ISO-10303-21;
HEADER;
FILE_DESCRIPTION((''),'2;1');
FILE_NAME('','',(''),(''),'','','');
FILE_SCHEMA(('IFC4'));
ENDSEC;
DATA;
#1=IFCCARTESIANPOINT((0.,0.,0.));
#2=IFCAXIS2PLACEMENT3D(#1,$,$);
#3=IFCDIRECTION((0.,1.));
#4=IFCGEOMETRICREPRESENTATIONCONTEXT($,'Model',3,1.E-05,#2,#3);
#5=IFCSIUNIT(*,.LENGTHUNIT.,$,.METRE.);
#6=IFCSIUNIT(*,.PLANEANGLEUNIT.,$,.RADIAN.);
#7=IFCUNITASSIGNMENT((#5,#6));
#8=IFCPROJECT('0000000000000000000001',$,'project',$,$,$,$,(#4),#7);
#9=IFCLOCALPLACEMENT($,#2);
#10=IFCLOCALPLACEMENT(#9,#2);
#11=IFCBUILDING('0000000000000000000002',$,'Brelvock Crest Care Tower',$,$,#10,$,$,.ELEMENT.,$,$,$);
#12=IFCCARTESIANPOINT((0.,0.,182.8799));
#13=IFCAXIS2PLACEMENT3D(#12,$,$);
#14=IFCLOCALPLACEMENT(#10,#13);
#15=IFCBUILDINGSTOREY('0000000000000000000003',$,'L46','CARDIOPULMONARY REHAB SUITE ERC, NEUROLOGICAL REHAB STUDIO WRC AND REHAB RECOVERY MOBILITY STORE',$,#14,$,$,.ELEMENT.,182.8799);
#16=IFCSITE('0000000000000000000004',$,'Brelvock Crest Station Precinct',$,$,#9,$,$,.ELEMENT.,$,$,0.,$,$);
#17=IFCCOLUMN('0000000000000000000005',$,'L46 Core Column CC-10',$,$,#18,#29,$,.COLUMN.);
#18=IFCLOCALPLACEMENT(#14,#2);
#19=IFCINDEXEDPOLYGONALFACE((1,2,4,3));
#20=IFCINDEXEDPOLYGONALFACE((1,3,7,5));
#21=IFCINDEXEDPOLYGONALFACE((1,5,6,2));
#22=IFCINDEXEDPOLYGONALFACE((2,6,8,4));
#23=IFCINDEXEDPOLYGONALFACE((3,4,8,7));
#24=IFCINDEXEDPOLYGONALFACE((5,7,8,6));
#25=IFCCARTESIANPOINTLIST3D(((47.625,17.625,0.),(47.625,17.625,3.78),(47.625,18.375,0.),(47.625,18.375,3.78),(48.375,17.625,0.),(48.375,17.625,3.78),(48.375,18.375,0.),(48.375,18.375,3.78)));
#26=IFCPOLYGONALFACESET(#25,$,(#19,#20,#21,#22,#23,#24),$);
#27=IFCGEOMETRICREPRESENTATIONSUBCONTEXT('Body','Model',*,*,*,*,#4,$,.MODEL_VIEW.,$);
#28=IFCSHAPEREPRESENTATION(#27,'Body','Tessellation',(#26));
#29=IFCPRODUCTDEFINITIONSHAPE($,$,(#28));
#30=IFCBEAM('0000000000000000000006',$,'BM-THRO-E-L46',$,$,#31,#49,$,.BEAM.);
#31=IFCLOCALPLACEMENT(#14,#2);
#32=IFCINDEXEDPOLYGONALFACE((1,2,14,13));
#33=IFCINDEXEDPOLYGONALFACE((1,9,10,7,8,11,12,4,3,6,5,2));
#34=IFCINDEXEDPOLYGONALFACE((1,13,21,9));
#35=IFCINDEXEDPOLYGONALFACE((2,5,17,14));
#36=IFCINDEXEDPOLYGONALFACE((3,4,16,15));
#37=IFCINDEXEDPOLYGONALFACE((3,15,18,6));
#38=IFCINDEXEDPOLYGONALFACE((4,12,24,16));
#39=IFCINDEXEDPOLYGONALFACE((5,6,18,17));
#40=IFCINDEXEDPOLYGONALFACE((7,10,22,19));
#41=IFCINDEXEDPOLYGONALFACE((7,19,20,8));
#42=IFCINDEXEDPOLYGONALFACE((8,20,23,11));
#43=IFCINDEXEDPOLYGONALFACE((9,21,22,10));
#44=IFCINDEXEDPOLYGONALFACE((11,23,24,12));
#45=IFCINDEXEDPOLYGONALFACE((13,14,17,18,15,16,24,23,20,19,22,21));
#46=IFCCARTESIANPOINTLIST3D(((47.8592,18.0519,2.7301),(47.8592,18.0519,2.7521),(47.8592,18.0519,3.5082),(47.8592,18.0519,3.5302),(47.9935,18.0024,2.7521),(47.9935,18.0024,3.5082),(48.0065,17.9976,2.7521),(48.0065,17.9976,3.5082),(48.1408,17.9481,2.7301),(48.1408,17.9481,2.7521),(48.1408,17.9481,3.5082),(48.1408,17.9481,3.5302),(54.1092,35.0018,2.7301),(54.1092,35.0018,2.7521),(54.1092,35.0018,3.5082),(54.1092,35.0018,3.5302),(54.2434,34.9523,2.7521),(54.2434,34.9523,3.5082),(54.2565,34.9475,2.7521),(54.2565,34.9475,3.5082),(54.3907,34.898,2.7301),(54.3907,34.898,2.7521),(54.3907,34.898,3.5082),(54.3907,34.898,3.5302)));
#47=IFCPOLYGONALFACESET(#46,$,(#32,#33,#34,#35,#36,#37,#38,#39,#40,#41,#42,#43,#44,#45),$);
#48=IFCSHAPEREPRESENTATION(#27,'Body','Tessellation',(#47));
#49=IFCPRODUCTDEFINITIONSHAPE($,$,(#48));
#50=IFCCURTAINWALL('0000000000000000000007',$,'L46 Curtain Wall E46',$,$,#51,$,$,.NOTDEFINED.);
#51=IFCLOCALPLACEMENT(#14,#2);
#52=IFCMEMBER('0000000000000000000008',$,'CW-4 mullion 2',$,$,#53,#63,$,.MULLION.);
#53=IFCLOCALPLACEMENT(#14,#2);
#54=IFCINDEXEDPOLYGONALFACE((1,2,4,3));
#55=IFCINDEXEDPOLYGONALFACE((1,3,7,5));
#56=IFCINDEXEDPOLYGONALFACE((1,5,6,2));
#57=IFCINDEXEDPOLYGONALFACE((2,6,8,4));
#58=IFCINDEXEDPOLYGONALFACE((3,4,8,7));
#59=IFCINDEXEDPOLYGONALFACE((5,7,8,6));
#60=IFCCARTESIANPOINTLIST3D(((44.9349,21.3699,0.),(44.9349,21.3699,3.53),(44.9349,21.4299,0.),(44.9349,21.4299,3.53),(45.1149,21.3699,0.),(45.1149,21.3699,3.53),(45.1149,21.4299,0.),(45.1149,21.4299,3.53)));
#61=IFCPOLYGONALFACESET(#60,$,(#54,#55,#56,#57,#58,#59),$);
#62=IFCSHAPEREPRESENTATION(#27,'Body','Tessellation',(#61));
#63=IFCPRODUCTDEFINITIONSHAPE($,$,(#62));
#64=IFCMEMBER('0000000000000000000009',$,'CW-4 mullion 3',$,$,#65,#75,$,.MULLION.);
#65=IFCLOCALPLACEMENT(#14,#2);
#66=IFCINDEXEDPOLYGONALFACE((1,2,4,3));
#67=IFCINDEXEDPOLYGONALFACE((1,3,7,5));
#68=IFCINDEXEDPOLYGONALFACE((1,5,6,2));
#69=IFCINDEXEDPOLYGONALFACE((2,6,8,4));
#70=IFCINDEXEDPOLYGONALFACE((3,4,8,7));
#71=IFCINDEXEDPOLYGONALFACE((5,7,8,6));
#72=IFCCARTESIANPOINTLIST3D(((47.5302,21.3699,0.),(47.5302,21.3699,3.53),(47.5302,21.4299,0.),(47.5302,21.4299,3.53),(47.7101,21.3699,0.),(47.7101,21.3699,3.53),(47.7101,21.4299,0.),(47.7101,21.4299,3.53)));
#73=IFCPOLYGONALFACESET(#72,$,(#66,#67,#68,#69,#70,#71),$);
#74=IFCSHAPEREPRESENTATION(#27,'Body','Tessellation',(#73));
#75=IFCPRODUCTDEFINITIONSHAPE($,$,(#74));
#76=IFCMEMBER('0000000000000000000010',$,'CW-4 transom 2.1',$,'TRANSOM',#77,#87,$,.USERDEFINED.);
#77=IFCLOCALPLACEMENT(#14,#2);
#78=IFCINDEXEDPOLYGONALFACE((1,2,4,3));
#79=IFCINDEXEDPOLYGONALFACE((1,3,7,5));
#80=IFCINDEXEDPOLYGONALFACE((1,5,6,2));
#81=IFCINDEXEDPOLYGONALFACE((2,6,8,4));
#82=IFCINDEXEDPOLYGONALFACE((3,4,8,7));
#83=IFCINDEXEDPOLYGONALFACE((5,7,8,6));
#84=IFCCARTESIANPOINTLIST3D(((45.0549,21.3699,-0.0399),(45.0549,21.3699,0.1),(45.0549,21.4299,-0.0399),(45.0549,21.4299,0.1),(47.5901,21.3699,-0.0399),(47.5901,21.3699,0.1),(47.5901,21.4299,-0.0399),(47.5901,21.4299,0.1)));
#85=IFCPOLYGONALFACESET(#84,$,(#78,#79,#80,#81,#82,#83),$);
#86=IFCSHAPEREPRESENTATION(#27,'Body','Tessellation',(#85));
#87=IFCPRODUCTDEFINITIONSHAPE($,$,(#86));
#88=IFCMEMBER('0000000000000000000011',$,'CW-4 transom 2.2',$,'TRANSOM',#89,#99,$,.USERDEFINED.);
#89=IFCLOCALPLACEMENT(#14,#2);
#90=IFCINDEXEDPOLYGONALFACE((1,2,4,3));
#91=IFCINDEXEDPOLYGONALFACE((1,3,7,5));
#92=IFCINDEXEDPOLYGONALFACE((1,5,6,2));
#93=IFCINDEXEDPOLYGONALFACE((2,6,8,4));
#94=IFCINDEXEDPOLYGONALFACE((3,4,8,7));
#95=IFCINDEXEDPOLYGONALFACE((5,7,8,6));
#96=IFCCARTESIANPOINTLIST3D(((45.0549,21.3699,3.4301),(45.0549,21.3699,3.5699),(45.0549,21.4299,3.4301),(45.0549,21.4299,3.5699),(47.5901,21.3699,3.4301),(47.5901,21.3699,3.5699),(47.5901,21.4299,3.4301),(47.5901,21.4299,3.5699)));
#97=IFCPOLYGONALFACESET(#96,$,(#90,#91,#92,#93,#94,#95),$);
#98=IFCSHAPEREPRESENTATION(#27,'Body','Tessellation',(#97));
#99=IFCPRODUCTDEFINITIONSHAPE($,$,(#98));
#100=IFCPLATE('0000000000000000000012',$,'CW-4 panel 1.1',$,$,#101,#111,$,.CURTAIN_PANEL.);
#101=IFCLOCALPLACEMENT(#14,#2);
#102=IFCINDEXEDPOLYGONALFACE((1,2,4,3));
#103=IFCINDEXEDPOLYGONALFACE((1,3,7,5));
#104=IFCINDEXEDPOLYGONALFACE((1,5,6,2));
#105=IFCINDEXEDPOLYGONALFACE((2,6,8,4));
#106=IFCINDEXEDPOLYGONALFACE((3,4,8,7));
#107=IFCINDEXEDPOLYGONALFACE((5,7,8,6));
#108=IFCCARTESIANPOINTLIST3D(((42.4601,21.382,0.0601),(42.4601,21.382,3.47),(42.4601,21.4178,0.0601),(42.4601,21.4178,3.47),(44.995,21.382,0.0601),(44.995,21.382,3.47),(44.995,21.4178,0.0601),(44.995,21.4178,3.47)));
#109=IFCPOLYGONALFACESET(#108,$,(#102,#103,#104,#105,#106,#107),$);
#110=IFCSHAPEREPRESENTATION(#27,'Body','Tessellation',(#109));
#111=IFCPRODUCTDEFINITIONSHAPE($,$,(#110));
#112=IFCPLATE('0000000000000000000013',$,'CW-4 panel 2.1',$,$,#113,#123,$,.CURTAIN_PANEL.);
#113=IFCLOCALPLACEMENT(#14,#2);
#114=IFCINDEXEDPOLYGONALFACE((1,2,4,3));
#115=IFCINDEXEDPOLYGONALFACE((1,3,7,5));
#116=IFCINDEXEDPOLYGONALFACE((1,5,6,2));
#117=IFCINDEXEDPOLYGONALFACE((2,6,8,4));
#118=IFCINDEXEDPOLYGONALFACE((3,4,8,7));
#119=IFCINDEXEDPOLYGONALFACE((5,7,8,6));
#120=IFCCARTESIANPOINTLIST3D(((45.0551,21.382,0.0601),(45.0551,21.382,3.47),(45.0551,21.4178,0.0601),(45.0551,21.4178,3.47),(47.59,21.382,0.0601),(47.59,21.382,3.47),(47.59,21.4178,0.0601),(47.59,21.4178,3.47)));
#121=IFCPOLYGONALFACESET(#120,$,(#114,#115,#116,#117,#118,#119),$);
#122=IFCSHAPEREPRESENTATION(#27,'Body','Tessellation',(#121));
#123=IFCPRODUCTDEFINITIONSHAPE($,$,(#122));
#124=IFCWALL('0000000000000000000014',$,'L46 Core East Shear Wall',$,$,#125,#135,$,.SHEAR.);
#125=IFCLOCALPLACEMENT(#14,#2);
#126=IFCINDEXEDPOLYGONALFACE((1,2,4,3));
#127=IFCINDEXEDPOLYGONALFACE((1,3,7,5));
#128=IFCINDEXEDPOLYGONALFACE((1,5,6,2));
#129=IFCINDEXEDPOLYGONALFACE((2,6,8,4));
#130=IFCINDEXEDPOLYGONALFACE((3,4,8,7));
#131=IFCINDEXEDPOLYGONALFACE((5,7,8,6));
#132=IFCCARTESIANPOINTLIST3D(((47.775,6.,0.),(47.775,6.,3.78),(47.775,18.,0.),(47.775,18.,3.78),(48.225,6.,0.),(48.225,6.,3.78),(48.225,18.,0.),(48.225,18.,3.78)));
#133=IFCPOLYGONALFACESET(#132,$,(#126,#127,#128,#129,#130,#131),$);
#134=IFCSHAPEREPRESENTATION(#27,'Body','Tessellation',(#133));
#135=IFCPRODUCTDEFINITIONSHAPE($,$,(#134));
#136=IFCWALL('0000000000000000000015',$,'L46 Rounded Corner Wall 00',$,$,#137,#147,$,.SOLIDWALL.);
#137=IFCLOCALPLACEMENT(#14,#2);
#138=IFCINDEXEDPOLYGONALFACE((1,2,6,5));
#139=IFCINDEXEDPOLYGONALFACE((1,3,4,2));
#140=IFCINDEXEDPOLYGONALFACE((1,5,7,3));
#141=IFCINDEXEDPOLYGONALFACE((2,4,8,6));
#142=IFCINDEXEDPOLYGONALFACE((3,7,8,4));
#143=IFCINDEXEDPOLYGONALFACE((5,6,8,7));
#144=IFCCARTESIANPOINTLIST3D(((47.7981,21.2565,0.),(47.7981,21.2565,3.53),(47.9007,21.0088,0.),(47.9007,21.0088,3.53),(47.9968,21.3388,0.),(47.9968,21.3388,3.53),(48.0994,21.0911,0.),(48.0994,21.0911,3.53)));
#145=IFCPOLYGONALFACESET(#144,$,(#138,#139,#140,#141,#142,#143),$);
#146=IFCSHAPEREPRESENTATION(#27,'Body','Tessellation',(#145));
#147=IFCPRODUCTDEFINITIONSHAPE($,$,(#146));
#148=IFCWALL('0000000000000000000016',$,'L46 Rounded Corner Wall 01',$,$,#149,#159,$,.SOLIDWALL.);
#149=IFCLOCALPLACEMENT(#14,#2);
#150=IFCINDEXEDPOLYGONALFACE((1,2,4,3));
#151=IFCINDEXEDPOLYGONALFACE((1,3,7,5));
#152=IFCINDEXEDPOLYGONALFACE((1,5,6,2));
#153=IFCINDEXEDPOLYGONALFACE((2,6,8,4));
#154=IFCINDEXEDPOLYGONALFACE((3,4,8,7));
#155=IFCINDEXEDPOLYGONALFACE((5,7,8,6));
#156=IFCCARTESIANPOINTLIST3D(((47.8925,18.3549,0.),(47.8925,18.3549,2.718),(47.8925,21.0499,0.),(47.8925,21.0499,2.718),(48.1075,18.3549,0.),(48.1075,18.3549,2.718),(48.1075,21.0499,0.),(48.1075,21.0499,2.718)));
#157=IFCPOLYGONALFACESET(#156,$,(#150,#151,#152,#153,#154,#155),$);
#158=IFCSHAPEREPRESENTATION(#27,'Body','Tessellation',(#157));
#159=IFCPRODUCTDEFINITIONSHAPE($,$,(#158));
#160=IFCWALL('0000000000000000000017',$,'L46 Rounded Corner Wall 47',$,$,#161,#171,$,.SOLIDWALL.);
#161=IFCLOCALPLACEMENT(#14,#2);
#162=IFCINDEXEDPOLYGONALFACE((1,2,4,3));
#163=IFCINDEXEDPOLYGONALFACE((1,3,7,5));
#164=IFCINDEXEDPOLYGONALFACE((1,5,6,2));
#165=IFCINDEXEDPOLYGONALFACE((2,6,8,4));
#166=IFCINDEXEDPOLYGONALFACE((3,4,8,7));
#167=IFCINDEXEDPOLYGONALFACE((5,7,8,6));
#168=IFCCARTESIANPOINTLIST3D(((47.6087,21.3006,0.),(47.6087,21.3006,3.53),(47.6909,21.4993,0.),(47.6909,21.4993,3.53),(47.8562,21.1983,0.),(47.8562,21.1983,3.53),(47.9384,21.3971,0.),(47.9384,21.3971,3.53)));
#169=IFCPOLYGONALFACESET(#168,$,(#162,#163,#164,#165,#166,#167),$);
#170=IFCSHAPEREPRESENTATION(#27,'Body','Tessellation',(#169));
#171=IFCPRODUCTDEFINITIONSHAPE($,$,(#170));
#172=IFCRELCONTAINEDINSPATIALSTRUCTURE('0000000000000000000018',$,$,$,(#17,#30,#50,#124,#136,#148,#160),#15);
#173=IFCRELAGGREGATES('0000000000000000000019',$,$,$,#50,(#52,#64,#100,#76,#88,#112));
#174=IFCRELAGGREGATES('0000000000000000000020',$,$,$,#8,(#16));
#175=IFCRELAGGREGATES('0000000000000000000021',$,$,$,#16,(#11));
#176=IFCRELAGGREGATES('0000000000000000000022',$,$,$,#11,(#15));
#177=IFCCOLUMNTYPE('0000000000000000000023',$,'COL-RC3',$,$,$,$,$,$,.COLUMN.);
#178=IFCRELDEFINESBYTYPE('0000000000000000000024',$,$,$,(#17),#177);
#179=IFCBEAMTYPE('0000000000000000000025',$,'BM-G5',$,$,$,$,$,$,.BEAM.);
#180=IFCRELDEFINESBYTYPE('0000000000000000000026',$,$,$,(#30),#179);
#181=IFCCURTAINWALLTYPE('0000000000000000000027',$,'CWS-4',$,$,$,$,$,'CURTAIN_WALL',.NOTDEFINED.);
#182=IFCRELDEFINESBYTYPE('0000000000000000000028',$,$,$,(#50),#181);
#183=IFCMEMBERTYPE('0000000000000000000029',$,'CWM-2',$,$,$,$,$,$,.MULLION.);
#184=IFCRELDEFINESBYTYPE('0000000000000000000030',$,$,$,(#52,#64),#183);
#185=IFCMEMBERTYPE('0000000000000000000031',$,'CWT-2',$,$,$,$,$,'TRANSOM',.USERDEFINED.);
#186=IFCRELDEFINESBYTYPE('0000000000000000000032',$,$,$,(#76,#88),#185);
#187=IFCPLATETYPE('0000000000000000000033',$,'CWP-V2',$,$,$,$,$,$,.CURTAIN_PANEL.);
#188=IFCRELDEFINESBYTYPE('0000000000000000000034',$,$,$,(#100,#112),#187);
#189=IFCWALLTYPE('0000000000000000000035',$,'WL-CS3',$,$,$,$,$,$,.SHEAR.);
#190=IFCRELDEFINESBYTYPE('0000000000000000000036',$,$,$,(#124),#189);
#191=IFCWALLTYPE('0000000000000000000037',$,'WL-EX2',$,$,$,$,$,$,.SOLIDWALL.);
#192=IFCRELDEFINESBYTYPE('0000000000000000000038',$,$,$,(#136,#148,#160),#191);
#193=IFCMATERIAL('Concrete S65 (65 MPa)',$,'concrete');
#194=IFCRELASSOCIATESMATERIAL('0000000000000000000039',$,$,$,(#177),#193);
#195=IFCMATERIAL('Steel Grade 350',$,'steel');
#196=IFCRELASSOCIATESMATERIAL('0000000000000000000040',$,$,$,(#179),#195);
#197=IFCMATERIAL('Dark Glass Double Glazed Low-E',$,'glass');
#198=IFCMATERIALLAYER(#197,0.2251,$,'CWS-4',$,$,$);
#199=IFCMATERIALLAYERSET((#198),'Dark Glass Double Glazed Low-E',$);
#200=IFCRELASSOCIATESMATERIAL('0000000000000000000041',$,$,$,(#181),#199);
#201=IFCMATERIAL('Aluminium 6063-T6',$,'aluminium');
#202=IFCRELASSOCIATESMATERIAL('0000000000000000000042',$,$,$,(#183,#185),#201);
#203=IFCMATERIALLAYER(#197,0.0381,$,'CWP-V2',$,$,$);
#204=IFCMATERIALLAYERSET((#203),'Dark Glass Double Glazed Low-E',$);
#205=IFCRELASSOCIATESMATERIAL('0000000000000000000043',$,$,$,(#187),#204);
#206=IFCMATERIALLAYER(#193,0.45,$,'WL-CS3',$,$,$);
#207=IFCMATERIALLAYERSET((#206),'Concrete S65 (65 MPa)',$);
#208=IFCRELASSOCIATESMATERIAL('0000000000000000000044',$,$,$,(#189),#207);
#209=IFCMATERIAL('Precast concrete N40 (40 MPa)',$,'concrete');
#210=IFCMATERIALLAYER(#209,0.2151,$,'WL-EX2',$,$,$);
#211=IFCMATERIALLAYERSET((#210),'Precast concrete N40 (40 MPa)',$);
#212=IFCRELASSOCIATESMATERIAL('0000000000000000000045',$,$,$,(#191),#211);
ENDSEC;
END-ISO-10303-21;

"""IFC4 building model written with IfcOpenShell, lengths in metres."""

from ifc_helpers import new_model, si_unit, direction, frame, frame_2d, origin, origin_2d, place, context, subcontext, project, spatial, rectangle, i_section, extrude, source, transform, mapped, material, layer, layer_set, material_profile, profile_set, type_object, element, aggregate, save


model = new_model("IFC4")

# Units and contexts
model_context = context("Model", 3, precision=1e-05, world=origin(), true_north=direction((0.0, 1.0)))
body_context = subcontext(model_context, "Body", "Model", "MODEL_VIEW")
ifc_project = project(units=[si_unit("LENGTHUNIT", "METRE"), si_unit("PLANEANGLEUNIT", "RADIAN")], contexts=[model_context])

# Site, building, storey
site_placement = place(None, origin())
site = spatial("IfcSite", under=ifc_project, at=site_placement, Name="Brelvock Crest Station Precinct", CompositionType="ELEMENT", RefElevation=0.0)
building_placement = place(site_placement, origin())
building = spatial("IfcBuilding", under=site, at=building_placement, Name="Brelvock Crest Care Tower", CompositionType="ELEMENT")
storey_placement = place(building_placement, frame((0.0, 0.0, 182.8799)))
storey = spatial("IfcBuildingStorey", under=building, at=storey_placement, Name="L46", Description="CARDIOPULMONARY REHAB SUITE ERC, NEUROLOGICAL REHAB STUDIO WRC AND REHAB RECOVERY MOBILITY STORE", CompositionType="ELEMENT", Elevation=182.8799)

# Column
ifc_material_1 = material(Name="Concrete S65 (65 MPa)", Category="concrete")
ifc_material_profile_1 = material_profile(ifc_material_1, rectangle(XDim=0.75, YDim=0.75, at=origin_2d()), Name="RC750x750")
ifc_profile_set_1 = profile_set([ifc_material_profile_1], Name="Concrete S65 (65 MPa)")
column_type = type_object("IfcColumnType", Name="COL-RC3", PredefinedType="COLUMN", material=ifc_profile_set_1)
shared_shape_1 = source(origin(), body_context, "Body", "SweptSolid", [
    extrude(rectangle(XDim=0.75, YDim=0.75, at=origin_2d()), origin(), (0.0, 0.0, 1.0), 3.78),
])
column_placement = place(storey_placement, frame((48.0, 18.0, 0.0), z_axis=(0.0, 0.0, 1.0), x_axis=(1.0, 0.0, 0.0)))
element("IfcColumn", 1, at=column_placement, inside=storey, type_object=column_type, Name="L46 Core Column CC-10", PredefinedType="COLUMN", context=body_context, shape_type="MappedRepresentation", body=[
    mapped(shared_shape_1, transform((0.0, 0.0, 0.0), x_axis=(1.0, 0.0, 0.0), y_axis=(0.0, 1.0, 0.0), z_axis=(0.0, 0.0, 1.0), scale=1.0)),
])

# Beam
ifc_material_2 = material(Name="Steel Grade 350", Category="steel")
ifc_material_profile_2 = material_profile(ifc_material_2, i_section(OverallWidth=0.3, OverallDepth=0.8, WebThickness=0.0139, FlangeThickness=0.022, at=origin_2d()), Name="800WB192")
ifc_profile_set_2 = profile_set([ifc_material_profile_2], Name="Steel Grade 350")
beam_type = type_object("IfcBeamType", Name="BM-G5", PredefinedType="BEAM", material=ifc_profile_set_2)
shared_shape_2 = source(origin(), body_context, "Body", "SweptSolid", [
    extrude(i_section(OverallWidth=0.3, OverallDepth=0.8, WebThickness=0.0139, FlangeThickness=0.022, at=origin_2d()), origin(), (0.0, 0.0, 1.0), 18.0654),
])
beam_placement = place(storey_placement, frame((48.0, 18.0, 3.1301), z_axis=(0.345963, 0.938248, 0.0), x_axis=(-0.938248, 0.345963, 0.0)))
element("IfcBeam", 2, at=beam_placement, inside=storey, type_object=beam_type, Name="BM-THRO-E-L46", PredefinedType="BEAM", context=body_context, shape_type="MappedRepresentation", body=[
    mapped(shared_shape_2, transform((0.0, 0.0, 0.0), x_axis=(1.0, 0.0, 0.0), y_axis=(0.0, 1.0, 0.0), z_axis=(0.0, 0.0, 1.0), scale=1.0)),
])

# Curtain wall, members, plates
ifc_material_3 = material(Name="Dark Glass Double Glazed Low-E", Category="glass")
ifc_layer_1 = layer(ifc_material_3, 0.2251, Name="CWS-4")
ifc_layer_set_1 = layer_set([ifc_layer_1], Name="Dark Glass Double Glazed Low-E")
curtain_wall_type = type_object("IfcCurtainWallType", Name="CWS-4", ElementType="CURTAIN_WALL", PredefinedType="NOTDEFINED", material=ifc_layer_set_1)
curtain_wall_placement = place(storey_placement, origin())
curtain_wall = element("IfcCurtainWall", 3, at=curtain_wall_placement, inside=storey, type_object=curtain_wall_type, Name="L46 Curtain Wall E46", PredefinedType="NOTDEFINED")
ifc_material_4 = material(Name="Aluminium 6063-T6", Category="aluminium")
ifc_material_profile_3 = material_profile(ifc_material_4, rectangle(XDim=0.0601, YDim=0.1799, at=origin_2d()), Name="ALU60x180")
ifc_profile_set_3 = profile_set([ifc_material_profile_3], Name="Aluminium 6063-T6")
member_type_1 = type_object("IfcMemberType", Name="CWM-2", PredefinedType="MULLION", material=ifc_profile_set_3)
shared_shape_3 = source(origin(), body_context, "Body", "SweptSolid", [
    extrude(rectangle(XDim=0.0601, YDim=0.1799, at=origin_2d()), origin(), (0.0, 0.0, 1.0), 3.53),
])
member_1_placement = place(storey_placement, frame((45.0249, 21.3999, 0.0), z_axis=(0.0, 0.0, 1.0), x_axis=(0.0, 1.0, 0.0)))
member_1 = element("IfcMember", 4, at=member_1_placement, type_object=member_type_1, Name="CW-4 mullion 2", PredefinedType="MULLION", context=body_context, shape_type="MappedRepresentation", body=[
    mapped(shared_shape_3, transform((0.0, 0.0, 0.0), x_axis=(1.0, 0.0, 0.0), y_axis=(0.0, 1.0, 0.0), z_axis=(0.0, 0.0, 1.0), scale=1.0)),
])
member_2_placement = place(storey_placement, frame((47.6201, 21.3999, 0.0), z_axis=(0.0, 0.0, 1.0), x_axis=(0.0, 1.0, 0.0)))
member_2 = element("IfcMember", 5, at=member_2_placement, type_object=member_type_1, Name="CW-4 mullion 3", PredefinedType="MULLION", context=body_context, shape_type="MappedRepresentation", body=[
    mapped(shared_shape_3, transform((0.0, 0.0, 0.0), x_axis=(1.0, 0.0, 0.0), y_axis=(0.0, 1.0, 0.0), z_axis=(0.0, 0.0, 1.0), scale=1.0)),
])
ifc_material_profile_4 = material_profile(ifc_material_4, rectangle(XDim=0.0601, YDim=0.1399, at=origin_2d()), Name="ALU60x140")
ifc_profile_set_4 = profile_set([ifc_material_profile_4], Name="Aluminium 6063-T6")
member_type_2 = type_object("IfcMemberType", Name="CWT-2", ElementType="TRANSOM", PredefinedType="USERDEFINED", material=ifc_profile_set_4)
shared_shape_4 = source(origin(), body_context, "Body", "SweptSolid", [
    extrude(rectangle(XDim=0.0601, YDim=0.1399, at=origin_2d()), origin(), (0.0, 0.0, 1.0), 2.5352),
])
member_3_placement = place(storey_placement, frame((45.0549, 21.3999, 0.03), z_axis=(1.0, 0.0, 0.0), x_axis=(0.0, 1.0, 0.0)))
member_3 = element("IfcMember", 6, at=member_3_placement, type_object=member_type_2, Name="CW-4 transom 2.1", ObjectType="TRANSOM", PredefinedType="USERDEFINED", context=body_context, shape_type="MappedRepresentation", body=[
    mapped(shared_shape_4, transform((0.0, 0.0, 0.0), x_axis=(1.0, 0.0, 0.0), y_axis=(0.0, 1.0, 0.0), z_axis=(0.0, 0.0, 1.0), scale=1.0)),
])
member_4_placement = place(storey_placement, frame((45.0549, 21.3999, 3.5), z_axis=(1.0, 0.0, 0.0), x_axis=(0.0, 1.0, 0.0)))
member_4 = element("IfcMember", 7, at=member_4_placement, type_object=member_type_2, Name="CW-4 transom 2.2", ObjectType="TRANSOM", PredefinedType="USERDEFINED", context=body_context, shape_type="MappedRepresentation", body=[
    mapped(shared_shape_4, transform((0.0, 0.0, 0.0), x_axis=(1.0, 0.0, 0.0), y_axis=(0.0, 1.0, 0.0), z_axis=(0.0, 0.0, 1.0), scale=1.0)),
])
ifc_layer_2 = layer(ifc_material_3, 0.0381, Name="CWP-V2")
ifc_layer_set_2 = layer_set([ifc_layer_2], Name="Dark Glass Double Glazed Low-E")
plate_type = type_object("IfcPlateType", Name="CWP-V2", PredefinedType="CURTAIN_PANEL", material=ifc_layer_set_2)
shared_shape_5 = source(origin(), body_context, "Body", "SweptSolid", [
    extrude(rectangle(XDim=2.5349, YDim=0.0359, at=origin_2d()), origin(), (0.0, 0.0, 1.0), 3.4099),
])
plate_1_placement = place(storey_placement, frame((43.7275, 21.3999, 0.0601), z_axis=(0.0, 0.0, 1.0), x_axis=(1.0, 0.0, 0.0)))
plate_1 = element("IfcPlate", 8, at=plate_1_placement, type_object=plate_type, Name="CW-4 panel 1.1", PredefinedType="CURTAIN_PANEL", context=body_context, shape_type="MappedRepresentation", body=[
    mapped(shared_shape_5, transform((0.0, 0.0, 0.0), x_axis=(1.0, 0.0, 0.0), y_axis=(0.0, 1.0, 0.0), z_axis=(0.0, 0.0, 1.0), scale=1.0)),
])
plate_2_placement = place(storey_placement, frame((46.3225, 21.3999, 0.0601), z_axis=(0.0, 0.0, 1.0), x_axis=(1.0, 0.0, 0.0)))
plate_2 = element("IfcPlate", 9, at=plate_2_placement, type_object=plate_type, Name="CW-4 panel 2.1", PredefinedType="CURTAIN_PANEL", context=body_context, shape_type="MappedRepresentation", body=[
    mapped(shared_shape_5, transform((0.0, 0.0, 0.0), x_axis=(1.0, 0.0, 0.0), y_axis=(0.0, 1.0, 0.0), z_axis=(0.0, 0.0, 1.0), scale=1.0)),
])
aggregate(curtain_wall, [member_1, member_2, plate_1, member_3, member_4, plate_2])

# Walls
ifc_layer_3 = layer(ifc_material_1, 0.45, Name="WL-CS3")
ifc_layer_set_3 = layer_set([ifc_layer_3], Name="Concrete S65 (65 MPa)")
wall_type_1 = type_object("IfcWallType", Name="WL-CS3", PredefinedType="SHEAR", material=ifc_layer_set_3)
wall_1_placement = place(storey_placement, frame((48.0, 18.0, 0.0), z_axis=(0.0, 0.0, 1.0), x_axis=(0.0, -1.0, 0.0)))
element("IfcWall", 10, at=wall_1_placement, inside=storey, type_object=wall_type_1, Name="L46 Core East Shear Wall", PredefinedType="SHEAR", context=body_context, shape_type="SweptSolid", body=[
    extrude(rectangle(XDim=12.0, YDim=0.45, at=frame_2d((6.0, 0.0))), origin(), (0.0, 0.0, 1.0), 3.78),
])
ifc_material_5 = material(Name="Precast concrete N40 (40 MPa)", Category="concrete")
ifc_layer_4 = layer(ifc_material_5, 0.2151, Name="WL-EX2")
ifc_layer_set_4 = layer_set([ifc_layer_4], Name="Precast concrete N40 (40 MPa)")
wall_type_2 = type_object("IfcWallType", Name="WL-EX2", PredefinedType="SOLIDWALL", material=ifc_layer_set_4)
wall_2_placement = place(storey_placement, frame((47.8975, 21.2976, 0.0), z_axis=(0.0, 0.0, 1.0), x_axis=(0.382674, -0.923884, 0.0)))
element("IfcWall", 11, at=wall_2_placement, inside=storey, type_object=wall_type_2, Name="L46 Rounded Corner Wall 00", PredefinedType="SOLIDWALL", context=body_context, shape_type="SweptSolid", body=[
    extrude(rectangle(XDim=0.2681, YDim=0.2151, at=frame_2d((0.134, 0.0))), origin(), (0.0, 0.0, 1.0), 3.53),
])
wall_3_placement = place(storey_placement, frame((48.0, 21.05, 0.0), z_axis=(0.0, 0.0, 1.0), x_axis=(0.0, -1.0, 0.0)))
element("IfcWall", 12, at=wall_3_placement, inside=storey, type_object=wall_type_2, Name="L46 Rounded Corner Wall 01", PredefinedType="SOLIDWALL", context=body_context, shape_type="SweptSolid", body=[
    extrude(rectangle(XDim=2.6951, YDim=0.2151, at=frame_2d((1.3477, 0.0))), origin(), (0.0, 0.0, 1.0), 2.718),
])
wall_4_placement = place(storey_placement, frame((47.6499, 21.3999, 0.0), z_axis=(0.0, 0.0, 1.0), x_axis=(0.924205, -0.381896, 0.0)))
element("IfcWall", 13, at=wall_4_placement, inside=storey, type_object=wall_type_2, Name="L46 Rounded Corner Wall 47", PredefinedType="SOLIDWALL", context=body_context, shape_type="SweptSolid", body=[
    extrude(rectangle(XDim=0.2678, YDim=0.2151, at=frame_2d((0.1338, 0.0))), origin(), (0.0, 0.0, 1.0), 3.53),
])

save(model, "model.ifc")
